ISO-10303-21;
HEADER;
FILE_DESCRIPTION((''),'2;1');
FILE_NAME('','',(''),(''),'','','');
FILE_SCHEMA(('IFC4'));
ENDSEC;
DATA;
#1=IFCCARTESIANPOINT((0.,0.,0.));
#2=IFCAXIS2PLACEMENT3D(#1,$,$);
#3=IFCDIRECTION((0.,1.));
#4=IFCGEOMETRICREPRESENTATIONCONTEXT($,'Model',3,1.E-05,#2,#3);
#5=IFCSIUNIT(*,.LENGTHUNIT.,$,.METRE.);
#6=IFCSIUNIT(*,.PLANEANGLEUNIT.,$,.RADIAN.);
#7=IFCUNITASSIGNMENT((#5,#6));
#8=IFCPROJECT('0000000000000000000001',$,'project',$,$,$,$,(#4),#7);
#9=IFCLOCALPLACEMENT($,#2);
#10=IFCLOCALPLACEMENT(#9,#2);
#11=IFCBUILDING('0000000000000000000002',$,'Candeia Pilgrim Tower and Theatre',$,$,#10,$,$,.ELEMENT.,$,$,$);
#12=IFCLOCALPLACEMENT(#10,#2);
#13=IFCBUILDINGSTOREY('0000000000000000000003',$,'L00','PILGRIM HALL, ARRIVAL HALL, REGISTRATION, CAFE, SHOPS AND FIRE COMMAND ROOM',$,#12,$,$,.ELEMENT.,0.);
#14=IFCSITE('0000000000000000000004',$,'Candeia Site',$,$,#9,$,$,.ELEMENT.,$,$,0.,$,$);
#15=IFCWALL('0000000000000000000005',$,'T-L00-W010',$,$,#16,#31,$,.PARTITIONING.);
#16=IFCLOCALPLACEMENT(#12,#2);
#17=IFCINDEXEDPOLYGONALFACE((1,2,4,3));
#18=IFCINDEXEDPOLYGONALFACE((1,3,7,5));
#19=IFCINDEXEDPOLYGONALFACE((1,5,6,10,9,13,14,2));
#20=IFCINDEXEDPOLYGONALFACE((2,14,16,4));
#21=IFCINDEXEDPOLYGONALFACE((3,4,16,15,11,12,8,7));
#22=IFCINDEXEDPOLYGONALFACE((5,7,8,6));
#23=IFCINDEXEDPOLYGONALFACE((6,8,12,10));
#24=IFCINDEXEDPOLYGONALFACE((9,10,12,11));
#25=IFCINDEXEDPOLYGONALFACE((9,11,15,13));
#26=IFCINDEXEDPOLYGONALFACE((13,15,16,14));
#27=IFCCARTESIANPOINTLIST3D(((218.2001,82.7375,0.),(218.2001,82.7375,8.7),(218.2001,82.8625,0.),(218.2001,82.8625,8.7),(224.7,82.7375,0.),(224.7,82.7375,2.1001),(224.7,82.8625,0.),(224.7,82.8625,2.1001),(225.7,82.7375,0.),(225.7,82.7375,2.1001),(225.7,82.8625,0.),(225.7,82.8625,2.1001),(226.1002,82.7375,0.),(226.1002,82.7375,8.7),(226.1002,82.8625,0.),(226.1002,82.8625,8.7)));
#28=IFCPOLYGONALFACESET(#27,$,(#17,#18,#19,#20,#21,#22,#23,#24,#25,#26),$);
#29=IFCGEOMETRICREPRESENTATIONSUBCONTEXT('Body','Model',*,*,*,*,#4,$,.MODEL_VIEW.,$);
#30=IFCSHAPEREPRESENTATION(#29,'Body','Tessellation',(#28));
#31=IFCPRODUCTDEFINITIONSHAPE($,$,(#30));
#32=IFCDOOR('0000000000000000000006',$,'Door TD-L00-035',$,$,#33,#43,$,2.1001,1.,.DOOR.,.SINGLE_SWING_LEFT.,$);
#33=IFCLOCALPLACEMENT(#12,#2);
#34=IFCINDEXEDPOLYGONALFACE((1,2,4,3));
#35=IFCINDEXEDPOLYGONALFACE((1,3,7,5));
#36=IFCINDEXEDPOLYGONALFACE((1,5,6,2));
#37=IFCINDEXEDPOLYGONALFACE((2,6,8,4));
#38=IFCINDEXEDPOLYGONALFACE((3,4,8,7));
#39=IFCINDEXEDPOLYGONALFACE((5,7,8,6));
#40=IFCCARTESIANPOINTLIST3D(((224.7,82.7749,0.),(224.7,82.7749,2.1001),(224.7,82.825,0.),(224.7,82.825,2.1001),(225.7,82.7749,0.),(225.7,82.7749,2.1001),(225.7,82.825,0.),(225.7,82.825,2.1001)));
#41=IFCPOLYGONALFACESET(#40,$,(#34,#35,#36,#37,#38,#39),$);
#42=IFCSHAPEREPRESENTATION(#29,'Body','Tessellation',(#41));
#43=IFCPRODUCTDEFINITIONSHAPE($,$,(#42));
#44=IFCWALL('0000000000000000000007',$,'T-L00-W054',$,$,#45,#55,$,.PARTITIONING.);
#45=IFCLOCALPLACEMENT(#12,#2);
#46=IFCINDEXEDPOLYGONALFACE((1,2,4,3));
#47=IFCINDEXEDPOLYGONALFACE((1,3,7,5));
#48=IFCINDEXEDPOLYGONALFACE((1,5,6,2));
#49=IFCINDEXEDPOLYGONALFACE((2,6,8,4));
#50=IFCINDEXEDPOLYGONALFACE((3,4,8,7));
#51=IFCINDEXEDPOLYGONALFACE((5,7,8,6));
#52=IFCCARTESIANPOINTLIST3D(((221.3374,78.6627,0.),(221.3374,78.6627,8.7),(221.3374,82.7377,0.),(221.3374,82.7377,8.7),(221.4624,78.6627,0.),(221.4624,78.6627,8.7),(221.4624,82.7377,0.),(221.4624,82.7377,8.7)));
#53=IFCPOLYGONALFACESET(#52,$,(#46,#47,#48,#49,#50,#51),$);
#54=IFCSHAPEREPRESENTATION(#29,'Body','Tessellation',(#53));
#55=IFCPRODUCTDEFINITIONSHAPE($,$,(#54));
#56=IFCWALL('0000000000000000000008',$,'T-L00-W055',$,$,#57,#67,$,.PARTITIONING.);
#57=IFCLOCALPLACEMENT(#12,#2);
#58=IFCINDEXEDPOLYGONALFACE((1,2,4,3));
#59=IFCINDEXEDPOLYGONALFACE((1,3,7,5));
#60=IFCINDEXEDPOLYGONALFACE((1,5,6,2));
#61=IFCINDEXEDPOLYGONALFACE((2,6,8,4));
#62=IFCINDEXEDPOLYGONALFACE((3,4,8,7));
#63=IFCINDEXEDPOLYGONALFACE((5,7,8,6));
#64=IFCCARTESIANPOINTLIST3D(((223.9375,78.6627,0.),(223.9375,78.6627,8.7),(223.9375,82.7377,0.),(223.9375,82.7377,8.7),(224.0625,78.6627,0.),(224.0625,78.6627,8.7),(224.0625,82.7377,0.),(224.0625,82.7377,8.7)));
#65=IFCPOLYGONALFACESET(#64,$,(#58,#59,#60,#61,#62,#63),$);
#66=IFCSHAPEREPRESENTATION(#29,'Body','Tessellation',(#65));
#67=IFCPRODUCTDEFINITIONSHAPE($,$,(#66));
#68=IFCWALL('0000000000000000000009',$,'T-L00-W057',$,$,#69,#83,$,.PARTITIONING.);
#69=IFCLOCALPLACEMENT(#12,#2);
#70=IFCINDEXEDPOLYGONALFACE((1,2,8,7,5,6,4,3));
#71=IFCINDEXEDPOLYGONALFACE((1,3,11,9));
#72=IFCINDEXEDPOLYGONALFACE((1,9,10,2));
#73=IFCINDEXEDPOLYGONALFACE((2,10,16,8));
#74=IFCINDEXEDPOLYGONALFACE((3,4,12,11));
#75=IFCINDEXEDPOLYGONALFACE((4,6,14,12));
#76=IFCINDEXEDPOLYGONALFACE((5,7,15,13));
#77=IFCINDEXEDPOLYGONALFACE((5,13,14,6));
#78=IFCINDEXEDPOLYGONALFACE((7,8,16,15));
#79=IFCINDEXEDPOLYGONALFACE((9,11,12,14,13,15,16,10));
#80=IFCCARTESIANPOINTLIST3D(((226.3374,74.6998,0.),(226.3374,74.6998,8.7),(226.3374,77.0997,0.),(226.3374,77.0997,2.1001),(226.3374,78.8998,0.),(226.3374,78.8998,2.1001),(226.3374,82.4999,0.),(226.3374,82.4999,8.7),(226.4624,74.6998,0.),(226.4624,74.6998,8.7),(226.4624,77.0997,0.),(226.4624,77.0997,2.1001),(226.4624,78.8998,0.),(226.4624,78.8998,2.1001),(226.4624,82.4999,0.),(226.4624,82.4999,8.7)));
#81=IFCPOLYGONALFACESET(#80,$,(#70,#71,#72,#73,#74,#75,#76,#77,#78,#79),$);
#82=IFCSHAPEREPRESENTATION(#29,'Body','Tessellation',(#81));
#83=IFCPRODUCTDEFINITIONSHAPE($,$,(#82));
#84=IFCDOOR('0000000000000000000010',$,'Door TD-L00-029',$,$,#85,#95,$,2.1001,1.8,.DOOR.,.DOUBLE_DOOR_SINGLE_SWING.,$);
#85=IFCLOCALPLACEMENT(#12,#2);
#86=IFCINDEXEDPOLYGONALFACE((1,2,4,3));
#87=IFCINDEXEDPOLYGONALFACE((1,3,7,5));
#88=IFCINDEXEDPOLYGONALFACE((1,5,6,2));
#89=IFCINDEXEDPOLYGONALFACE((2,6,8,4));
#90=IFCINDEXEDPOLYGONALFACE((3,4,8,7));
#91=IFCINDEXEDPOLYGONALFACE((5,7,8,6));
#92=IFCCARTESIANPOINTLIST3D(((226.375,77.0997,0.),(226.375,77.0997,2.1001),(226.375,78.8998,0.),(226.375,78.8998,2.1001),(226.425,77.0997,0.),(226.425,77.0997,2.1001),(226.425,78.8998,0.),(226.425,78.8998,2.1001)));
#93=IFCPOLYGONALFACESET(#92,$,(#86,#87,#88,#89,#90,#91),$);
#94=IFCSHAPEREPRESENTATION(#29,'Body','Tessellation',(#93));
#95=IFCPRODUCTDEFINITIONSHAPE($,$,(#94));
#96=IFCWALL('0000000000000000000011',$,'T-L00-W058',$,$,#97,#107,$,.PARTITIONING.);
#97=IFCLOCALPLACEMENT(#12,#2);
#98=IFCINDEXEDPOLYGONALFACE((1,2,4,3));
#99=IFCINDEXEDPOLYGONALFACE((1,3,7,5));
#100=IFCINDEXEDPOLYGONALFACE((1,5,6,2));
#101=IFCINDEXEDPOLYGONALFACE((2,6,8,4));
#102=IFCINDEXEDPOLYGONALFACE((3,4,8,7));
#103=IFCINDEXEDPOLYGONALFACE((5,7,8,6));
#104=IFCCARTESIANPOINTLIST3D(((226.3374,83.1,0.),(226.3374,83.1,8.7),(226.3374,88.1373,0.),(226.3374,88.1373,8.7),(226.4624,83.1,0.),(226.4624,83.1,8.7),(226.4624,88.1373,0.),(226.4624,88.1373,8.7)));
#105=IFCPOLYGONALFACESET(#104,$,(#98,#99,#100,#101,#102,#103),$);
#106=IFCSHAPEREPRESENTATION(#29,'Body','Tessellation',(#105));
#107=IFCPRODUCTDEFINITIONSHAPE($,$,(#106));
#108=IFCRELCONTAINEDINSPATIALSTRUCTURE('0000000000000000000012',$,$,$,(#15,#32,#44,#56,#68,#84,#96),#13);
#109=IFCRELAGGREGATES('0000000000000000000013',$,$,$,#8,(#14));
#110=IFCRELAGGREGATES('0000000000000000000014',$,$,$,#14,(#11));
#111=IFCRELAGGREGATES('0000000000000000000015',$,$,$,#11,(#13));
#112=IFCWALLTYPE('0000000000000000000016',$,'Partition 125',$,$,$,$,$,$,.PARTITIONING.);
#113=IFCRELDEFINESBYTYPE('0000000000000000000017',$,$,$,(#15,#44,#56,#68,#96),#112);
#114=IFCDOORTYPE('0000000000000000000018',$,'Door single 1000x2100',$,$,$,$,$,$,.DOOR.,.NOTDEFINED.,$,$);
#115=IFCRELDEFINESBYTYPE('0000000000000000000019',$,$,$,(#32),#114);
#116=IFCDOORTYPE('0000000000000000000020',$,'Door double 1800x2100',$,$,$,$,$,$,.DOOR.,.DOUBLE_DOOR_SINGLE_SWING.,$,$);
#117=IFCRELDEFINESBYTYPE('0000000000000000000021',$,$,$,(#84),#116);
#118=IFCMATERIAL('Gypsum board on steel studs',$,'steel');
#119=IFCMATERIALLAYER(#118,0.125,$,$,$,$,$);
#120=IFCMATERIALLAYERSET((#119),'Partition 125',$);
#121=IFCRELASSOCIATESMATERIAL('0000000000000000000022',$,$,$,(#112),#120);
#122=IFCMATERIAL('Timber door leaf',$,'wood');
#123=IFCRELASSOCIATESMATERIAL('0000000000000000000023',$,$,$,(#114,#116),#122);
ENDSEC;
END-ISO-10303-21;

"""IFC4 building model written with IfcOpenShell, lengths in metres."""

from ifc_helpers import new_model, si_unit, direction, frame, frame_2d, origin, place, context, subcontext, project, spatial, rectangle, extrude, material, layer, layer_set, type_object, element, fill, save


model = new_model("IFC4")

# Units and contexts
model_context = context("Model", 3, precision=1e-05, world=origin(), true_north=direction((0.0, 1.0)))
body_context = subcontext(model_context, "Body", "Model", "MODEL_VIEW")
ifc_project = project(units=[si_unit("LENGTHUNIT", "METRE"), si_unit("PLANEANGLEUNIT", "RADIAN")], contexts=[model_context])

# Site, building, storey
site_placement = place(None, origin())
site = spatial("IfcSite", under=ifc_project, at=site_placement, Name="Candeia Site", CompositionType="ELEMENT", RefElevation=0.0)
building_placement = place(site_placement, origin())
building = spatial("IfcBuilding", under=site, at=building_placement, Name="Candeia Pilgrim Tower and Theatre", CompositionType="ELEMENT")
storey_placement = place(building_placement, origin())
storey = spatial("IfcBuildingStorey", under=building, at=storey_placement, Name="L00", Description="PILGRIM HALL, ARRIVAL HALL, REGISTRATION, CAFE, SHOPS AND FIRE COMMAND ROOM", CompositionType="ELEMENT", Elevation=0.0)

# Shared definitions
ifc_material_1 = material(Name="Gypsum board on steel studs", Category="steel")
ifc_layer = layer(ifc_material_1, 0.125)
ifc_layer_set = layer_set([ifc_layer], Name="Partition 125")
wall_type = type_object("IfcWallType", Name="Partition 125", PredefinedType="PARTITIONING", material=ifc_layer_set)
ifc_material_2 = material(Name="Timber door leaf", Category="wood")
door_type_1 = type_object("IfcDoorType", Name="Door single 1000x2100", OperationType="NOTDEFINED", PredefinedType="DOOR", material=ifc_material_2)

# Wall, opening, door
wall_1_placement = place(storey_placement, frame((218.2, 82.8, 0.0), z_axis=(0.0, 0.0, 1.0), x_axis=(1.0, 0.0, 0.0)))
wall_1 = element("IfcWall", 1, at=wall_1_placement, inside=storey, type_object=wall_type, Name="T-L00-W010", PredefinedType="PARTITIONING", context=body_context, shape_type="SweptSolid", body=[
    extrude(rectangle(XDim=7.9001, YDim=0.125, at=frame_2d((3.9502, 0.0))), origin(), (0.0, 0.0, 1.0), 8.7),
])
opening_1_placement = place(wall_1_placement, frame((6.5, 0.0, 0.0)))
opening_1 = element("IfcOpeningElement", 2, at=opening_1_placement, cuts=wall_1, PredefinedType="OPENING", context=body_context, shape_type="SweptSolid", body=[
    extrude(rectangle(XDim=1.0, YDim=2.1001, at=frame_2d((0.5, 1.05))), frame((0.0, 0.0725, 0.0), z_axis=(0.0, -1.0, 0.0), x_axis=(1.0, 0.0, 0.0)), (0.0, 0.0, 1.0), 0.145),
])
door_1_placement = place(opening_1_placement, origin())
door_1 = element("IfcDoor", 3, at=door_1_placement, inside=storey, type_object=door_type_1, Name="Door TD-L00-035", OperationType="SINGLE_SWING_LEFT", OverallHeight=2.1001, OverallWidth=1.0, PredefinedType="DOOR", context=body_context, shape_type="SweptSolid", body=[
    extrude(rectangle(XDim=1.0, YDim=2.1001, at=frame_2d((0.5, 1.05))), frame((0.0, 0.0249, 0.0), z_axis=(0.0, -1.0, 0.0), x_axis=(1.0, 0.0, 0.0)), (0.0, 0.0, 1.0), 0.05),
])
fill(opening_1, door_1)

# Walls
for number, where, z_axis, x_axis, name in (
    (4, (221.3999, 78.6626, 0.0), (0.0, 0.0, 1.0), (0.0, 1.0, 0.0), "T-L00-W054"),
    (5, (224.0, 78.6626, 0.0), (0.0, 0.0, 1.0), (0.0, 1.0, 0.0), "T-L00-W055"),
):
    element("IfcWall", number, at=place(storey_placement, frame(where, z_axis=z_axis, x_axis=x_axis)), inside=storey, type_object=wall_type, Name=name, PredefinedType="PARTITIONING", context=body_context, shape_type="SweptSolid", body=[
        extrude(rectangle(XDim=4.075, YDim=0.125, at=frame_2d((2.0376, 0.0))), origin(), (0.0, 0.0, 1.0), 8.7),
    ])

# Wall, opening, door
wall_2_placement = place(storey_placement, frame((226.3999, 74.7, 0.0), z_axis=(0.0, 0.0, 1.0), x_axis=(0.0, 1.0, 0.0)))
wall_2 = element("IfcWall", 6, at=wall_2_placement, inside=storey, type_object=wall_type, Name="T-L00-W057", PredefinedType="PARTITIONING", context=body_context, shape_type="SweptSolid", body=[
    extrude(rectangle(XDim=7.8, YDim=0.125, at=frame_2d((3.8999, 0.0))), origin(), (0.0, 0.0, 1.0), 8.7),
])
opening_2_placement = place(wall_2_placement, frame((2.3999, 0.0, 0.0)))
opening_2 = element("IfcOpeningElement", 7, at=opening_2_placement, cuts=wall_2, PredefinedType="OPENING", context=body_context, shape_type="SweptSolid", body=[
    extrude(rectangle(XDim=1.8, YDim=2.1001, at=frame_2d((0.8999, 1.05))), frame((0.0, 0.0725, 0.0), z_axis=(0.0, -1.0, 0.0), x_axis=(1.0, 0.0, 0.0)), (0.0, 0.0, 1.0), 0.145),
])
door_type_2 = type_object("IfcDoorType", Name="Door double 1800x2100", OperationType="DOUBLE_DOOR_SINGLE_SWING", PredefinedType="DOOR", material=ifc_material_2)
door_2_placement = place(opening_2_placement, origin())
door_2 = element("IfcDoor", 8, at=door_2_placement, inside=storey, type_object=door_type_2, Name="Door TD-L00-029", OperationType="DOUBLE_DOOR_SINGLE_SWING", OverallHeight=2.1001, OverallWidth=1.8, PredefinedType="DOOR", context=body_context, shape_type="SweptSolid", body=[
    extrude(rectangle(XDim=1.8, YDim=2.1001, at=frame_2d((0.8999, 1.05))), frame((0.0, 0.0249, 0.0), z_axis=(0.0, -1.0, 0.0), x_axis=(1.0, 0.0, 0.0)), (0.0, 0.0, 1.0), 0.05),
])
fill(opening_2, door_2)

# Wall
wall_3_placement = place(storey_placement, frame((226.3999, 83.1001, 0.0), z_axis=(0.0, 0.0, 1.0), x_axis=(0.0, 1.0, 0.0)))
element("IfcWall", 9, at=wall_3_placement, inside=storey, type_object=wall_type, Name="T-L00-W058", PredefinedType="PARTITIONING", context=body_context, shape_type="SweptSolid", body=[
    extrude(rectangle(XDim=5.0374, YDim=0.125, at=frame_2d((2.5186, 0.0))), origin(), (0.0, 0.0, 1.0), 8.7),
])

save(model, "model.ifc")
